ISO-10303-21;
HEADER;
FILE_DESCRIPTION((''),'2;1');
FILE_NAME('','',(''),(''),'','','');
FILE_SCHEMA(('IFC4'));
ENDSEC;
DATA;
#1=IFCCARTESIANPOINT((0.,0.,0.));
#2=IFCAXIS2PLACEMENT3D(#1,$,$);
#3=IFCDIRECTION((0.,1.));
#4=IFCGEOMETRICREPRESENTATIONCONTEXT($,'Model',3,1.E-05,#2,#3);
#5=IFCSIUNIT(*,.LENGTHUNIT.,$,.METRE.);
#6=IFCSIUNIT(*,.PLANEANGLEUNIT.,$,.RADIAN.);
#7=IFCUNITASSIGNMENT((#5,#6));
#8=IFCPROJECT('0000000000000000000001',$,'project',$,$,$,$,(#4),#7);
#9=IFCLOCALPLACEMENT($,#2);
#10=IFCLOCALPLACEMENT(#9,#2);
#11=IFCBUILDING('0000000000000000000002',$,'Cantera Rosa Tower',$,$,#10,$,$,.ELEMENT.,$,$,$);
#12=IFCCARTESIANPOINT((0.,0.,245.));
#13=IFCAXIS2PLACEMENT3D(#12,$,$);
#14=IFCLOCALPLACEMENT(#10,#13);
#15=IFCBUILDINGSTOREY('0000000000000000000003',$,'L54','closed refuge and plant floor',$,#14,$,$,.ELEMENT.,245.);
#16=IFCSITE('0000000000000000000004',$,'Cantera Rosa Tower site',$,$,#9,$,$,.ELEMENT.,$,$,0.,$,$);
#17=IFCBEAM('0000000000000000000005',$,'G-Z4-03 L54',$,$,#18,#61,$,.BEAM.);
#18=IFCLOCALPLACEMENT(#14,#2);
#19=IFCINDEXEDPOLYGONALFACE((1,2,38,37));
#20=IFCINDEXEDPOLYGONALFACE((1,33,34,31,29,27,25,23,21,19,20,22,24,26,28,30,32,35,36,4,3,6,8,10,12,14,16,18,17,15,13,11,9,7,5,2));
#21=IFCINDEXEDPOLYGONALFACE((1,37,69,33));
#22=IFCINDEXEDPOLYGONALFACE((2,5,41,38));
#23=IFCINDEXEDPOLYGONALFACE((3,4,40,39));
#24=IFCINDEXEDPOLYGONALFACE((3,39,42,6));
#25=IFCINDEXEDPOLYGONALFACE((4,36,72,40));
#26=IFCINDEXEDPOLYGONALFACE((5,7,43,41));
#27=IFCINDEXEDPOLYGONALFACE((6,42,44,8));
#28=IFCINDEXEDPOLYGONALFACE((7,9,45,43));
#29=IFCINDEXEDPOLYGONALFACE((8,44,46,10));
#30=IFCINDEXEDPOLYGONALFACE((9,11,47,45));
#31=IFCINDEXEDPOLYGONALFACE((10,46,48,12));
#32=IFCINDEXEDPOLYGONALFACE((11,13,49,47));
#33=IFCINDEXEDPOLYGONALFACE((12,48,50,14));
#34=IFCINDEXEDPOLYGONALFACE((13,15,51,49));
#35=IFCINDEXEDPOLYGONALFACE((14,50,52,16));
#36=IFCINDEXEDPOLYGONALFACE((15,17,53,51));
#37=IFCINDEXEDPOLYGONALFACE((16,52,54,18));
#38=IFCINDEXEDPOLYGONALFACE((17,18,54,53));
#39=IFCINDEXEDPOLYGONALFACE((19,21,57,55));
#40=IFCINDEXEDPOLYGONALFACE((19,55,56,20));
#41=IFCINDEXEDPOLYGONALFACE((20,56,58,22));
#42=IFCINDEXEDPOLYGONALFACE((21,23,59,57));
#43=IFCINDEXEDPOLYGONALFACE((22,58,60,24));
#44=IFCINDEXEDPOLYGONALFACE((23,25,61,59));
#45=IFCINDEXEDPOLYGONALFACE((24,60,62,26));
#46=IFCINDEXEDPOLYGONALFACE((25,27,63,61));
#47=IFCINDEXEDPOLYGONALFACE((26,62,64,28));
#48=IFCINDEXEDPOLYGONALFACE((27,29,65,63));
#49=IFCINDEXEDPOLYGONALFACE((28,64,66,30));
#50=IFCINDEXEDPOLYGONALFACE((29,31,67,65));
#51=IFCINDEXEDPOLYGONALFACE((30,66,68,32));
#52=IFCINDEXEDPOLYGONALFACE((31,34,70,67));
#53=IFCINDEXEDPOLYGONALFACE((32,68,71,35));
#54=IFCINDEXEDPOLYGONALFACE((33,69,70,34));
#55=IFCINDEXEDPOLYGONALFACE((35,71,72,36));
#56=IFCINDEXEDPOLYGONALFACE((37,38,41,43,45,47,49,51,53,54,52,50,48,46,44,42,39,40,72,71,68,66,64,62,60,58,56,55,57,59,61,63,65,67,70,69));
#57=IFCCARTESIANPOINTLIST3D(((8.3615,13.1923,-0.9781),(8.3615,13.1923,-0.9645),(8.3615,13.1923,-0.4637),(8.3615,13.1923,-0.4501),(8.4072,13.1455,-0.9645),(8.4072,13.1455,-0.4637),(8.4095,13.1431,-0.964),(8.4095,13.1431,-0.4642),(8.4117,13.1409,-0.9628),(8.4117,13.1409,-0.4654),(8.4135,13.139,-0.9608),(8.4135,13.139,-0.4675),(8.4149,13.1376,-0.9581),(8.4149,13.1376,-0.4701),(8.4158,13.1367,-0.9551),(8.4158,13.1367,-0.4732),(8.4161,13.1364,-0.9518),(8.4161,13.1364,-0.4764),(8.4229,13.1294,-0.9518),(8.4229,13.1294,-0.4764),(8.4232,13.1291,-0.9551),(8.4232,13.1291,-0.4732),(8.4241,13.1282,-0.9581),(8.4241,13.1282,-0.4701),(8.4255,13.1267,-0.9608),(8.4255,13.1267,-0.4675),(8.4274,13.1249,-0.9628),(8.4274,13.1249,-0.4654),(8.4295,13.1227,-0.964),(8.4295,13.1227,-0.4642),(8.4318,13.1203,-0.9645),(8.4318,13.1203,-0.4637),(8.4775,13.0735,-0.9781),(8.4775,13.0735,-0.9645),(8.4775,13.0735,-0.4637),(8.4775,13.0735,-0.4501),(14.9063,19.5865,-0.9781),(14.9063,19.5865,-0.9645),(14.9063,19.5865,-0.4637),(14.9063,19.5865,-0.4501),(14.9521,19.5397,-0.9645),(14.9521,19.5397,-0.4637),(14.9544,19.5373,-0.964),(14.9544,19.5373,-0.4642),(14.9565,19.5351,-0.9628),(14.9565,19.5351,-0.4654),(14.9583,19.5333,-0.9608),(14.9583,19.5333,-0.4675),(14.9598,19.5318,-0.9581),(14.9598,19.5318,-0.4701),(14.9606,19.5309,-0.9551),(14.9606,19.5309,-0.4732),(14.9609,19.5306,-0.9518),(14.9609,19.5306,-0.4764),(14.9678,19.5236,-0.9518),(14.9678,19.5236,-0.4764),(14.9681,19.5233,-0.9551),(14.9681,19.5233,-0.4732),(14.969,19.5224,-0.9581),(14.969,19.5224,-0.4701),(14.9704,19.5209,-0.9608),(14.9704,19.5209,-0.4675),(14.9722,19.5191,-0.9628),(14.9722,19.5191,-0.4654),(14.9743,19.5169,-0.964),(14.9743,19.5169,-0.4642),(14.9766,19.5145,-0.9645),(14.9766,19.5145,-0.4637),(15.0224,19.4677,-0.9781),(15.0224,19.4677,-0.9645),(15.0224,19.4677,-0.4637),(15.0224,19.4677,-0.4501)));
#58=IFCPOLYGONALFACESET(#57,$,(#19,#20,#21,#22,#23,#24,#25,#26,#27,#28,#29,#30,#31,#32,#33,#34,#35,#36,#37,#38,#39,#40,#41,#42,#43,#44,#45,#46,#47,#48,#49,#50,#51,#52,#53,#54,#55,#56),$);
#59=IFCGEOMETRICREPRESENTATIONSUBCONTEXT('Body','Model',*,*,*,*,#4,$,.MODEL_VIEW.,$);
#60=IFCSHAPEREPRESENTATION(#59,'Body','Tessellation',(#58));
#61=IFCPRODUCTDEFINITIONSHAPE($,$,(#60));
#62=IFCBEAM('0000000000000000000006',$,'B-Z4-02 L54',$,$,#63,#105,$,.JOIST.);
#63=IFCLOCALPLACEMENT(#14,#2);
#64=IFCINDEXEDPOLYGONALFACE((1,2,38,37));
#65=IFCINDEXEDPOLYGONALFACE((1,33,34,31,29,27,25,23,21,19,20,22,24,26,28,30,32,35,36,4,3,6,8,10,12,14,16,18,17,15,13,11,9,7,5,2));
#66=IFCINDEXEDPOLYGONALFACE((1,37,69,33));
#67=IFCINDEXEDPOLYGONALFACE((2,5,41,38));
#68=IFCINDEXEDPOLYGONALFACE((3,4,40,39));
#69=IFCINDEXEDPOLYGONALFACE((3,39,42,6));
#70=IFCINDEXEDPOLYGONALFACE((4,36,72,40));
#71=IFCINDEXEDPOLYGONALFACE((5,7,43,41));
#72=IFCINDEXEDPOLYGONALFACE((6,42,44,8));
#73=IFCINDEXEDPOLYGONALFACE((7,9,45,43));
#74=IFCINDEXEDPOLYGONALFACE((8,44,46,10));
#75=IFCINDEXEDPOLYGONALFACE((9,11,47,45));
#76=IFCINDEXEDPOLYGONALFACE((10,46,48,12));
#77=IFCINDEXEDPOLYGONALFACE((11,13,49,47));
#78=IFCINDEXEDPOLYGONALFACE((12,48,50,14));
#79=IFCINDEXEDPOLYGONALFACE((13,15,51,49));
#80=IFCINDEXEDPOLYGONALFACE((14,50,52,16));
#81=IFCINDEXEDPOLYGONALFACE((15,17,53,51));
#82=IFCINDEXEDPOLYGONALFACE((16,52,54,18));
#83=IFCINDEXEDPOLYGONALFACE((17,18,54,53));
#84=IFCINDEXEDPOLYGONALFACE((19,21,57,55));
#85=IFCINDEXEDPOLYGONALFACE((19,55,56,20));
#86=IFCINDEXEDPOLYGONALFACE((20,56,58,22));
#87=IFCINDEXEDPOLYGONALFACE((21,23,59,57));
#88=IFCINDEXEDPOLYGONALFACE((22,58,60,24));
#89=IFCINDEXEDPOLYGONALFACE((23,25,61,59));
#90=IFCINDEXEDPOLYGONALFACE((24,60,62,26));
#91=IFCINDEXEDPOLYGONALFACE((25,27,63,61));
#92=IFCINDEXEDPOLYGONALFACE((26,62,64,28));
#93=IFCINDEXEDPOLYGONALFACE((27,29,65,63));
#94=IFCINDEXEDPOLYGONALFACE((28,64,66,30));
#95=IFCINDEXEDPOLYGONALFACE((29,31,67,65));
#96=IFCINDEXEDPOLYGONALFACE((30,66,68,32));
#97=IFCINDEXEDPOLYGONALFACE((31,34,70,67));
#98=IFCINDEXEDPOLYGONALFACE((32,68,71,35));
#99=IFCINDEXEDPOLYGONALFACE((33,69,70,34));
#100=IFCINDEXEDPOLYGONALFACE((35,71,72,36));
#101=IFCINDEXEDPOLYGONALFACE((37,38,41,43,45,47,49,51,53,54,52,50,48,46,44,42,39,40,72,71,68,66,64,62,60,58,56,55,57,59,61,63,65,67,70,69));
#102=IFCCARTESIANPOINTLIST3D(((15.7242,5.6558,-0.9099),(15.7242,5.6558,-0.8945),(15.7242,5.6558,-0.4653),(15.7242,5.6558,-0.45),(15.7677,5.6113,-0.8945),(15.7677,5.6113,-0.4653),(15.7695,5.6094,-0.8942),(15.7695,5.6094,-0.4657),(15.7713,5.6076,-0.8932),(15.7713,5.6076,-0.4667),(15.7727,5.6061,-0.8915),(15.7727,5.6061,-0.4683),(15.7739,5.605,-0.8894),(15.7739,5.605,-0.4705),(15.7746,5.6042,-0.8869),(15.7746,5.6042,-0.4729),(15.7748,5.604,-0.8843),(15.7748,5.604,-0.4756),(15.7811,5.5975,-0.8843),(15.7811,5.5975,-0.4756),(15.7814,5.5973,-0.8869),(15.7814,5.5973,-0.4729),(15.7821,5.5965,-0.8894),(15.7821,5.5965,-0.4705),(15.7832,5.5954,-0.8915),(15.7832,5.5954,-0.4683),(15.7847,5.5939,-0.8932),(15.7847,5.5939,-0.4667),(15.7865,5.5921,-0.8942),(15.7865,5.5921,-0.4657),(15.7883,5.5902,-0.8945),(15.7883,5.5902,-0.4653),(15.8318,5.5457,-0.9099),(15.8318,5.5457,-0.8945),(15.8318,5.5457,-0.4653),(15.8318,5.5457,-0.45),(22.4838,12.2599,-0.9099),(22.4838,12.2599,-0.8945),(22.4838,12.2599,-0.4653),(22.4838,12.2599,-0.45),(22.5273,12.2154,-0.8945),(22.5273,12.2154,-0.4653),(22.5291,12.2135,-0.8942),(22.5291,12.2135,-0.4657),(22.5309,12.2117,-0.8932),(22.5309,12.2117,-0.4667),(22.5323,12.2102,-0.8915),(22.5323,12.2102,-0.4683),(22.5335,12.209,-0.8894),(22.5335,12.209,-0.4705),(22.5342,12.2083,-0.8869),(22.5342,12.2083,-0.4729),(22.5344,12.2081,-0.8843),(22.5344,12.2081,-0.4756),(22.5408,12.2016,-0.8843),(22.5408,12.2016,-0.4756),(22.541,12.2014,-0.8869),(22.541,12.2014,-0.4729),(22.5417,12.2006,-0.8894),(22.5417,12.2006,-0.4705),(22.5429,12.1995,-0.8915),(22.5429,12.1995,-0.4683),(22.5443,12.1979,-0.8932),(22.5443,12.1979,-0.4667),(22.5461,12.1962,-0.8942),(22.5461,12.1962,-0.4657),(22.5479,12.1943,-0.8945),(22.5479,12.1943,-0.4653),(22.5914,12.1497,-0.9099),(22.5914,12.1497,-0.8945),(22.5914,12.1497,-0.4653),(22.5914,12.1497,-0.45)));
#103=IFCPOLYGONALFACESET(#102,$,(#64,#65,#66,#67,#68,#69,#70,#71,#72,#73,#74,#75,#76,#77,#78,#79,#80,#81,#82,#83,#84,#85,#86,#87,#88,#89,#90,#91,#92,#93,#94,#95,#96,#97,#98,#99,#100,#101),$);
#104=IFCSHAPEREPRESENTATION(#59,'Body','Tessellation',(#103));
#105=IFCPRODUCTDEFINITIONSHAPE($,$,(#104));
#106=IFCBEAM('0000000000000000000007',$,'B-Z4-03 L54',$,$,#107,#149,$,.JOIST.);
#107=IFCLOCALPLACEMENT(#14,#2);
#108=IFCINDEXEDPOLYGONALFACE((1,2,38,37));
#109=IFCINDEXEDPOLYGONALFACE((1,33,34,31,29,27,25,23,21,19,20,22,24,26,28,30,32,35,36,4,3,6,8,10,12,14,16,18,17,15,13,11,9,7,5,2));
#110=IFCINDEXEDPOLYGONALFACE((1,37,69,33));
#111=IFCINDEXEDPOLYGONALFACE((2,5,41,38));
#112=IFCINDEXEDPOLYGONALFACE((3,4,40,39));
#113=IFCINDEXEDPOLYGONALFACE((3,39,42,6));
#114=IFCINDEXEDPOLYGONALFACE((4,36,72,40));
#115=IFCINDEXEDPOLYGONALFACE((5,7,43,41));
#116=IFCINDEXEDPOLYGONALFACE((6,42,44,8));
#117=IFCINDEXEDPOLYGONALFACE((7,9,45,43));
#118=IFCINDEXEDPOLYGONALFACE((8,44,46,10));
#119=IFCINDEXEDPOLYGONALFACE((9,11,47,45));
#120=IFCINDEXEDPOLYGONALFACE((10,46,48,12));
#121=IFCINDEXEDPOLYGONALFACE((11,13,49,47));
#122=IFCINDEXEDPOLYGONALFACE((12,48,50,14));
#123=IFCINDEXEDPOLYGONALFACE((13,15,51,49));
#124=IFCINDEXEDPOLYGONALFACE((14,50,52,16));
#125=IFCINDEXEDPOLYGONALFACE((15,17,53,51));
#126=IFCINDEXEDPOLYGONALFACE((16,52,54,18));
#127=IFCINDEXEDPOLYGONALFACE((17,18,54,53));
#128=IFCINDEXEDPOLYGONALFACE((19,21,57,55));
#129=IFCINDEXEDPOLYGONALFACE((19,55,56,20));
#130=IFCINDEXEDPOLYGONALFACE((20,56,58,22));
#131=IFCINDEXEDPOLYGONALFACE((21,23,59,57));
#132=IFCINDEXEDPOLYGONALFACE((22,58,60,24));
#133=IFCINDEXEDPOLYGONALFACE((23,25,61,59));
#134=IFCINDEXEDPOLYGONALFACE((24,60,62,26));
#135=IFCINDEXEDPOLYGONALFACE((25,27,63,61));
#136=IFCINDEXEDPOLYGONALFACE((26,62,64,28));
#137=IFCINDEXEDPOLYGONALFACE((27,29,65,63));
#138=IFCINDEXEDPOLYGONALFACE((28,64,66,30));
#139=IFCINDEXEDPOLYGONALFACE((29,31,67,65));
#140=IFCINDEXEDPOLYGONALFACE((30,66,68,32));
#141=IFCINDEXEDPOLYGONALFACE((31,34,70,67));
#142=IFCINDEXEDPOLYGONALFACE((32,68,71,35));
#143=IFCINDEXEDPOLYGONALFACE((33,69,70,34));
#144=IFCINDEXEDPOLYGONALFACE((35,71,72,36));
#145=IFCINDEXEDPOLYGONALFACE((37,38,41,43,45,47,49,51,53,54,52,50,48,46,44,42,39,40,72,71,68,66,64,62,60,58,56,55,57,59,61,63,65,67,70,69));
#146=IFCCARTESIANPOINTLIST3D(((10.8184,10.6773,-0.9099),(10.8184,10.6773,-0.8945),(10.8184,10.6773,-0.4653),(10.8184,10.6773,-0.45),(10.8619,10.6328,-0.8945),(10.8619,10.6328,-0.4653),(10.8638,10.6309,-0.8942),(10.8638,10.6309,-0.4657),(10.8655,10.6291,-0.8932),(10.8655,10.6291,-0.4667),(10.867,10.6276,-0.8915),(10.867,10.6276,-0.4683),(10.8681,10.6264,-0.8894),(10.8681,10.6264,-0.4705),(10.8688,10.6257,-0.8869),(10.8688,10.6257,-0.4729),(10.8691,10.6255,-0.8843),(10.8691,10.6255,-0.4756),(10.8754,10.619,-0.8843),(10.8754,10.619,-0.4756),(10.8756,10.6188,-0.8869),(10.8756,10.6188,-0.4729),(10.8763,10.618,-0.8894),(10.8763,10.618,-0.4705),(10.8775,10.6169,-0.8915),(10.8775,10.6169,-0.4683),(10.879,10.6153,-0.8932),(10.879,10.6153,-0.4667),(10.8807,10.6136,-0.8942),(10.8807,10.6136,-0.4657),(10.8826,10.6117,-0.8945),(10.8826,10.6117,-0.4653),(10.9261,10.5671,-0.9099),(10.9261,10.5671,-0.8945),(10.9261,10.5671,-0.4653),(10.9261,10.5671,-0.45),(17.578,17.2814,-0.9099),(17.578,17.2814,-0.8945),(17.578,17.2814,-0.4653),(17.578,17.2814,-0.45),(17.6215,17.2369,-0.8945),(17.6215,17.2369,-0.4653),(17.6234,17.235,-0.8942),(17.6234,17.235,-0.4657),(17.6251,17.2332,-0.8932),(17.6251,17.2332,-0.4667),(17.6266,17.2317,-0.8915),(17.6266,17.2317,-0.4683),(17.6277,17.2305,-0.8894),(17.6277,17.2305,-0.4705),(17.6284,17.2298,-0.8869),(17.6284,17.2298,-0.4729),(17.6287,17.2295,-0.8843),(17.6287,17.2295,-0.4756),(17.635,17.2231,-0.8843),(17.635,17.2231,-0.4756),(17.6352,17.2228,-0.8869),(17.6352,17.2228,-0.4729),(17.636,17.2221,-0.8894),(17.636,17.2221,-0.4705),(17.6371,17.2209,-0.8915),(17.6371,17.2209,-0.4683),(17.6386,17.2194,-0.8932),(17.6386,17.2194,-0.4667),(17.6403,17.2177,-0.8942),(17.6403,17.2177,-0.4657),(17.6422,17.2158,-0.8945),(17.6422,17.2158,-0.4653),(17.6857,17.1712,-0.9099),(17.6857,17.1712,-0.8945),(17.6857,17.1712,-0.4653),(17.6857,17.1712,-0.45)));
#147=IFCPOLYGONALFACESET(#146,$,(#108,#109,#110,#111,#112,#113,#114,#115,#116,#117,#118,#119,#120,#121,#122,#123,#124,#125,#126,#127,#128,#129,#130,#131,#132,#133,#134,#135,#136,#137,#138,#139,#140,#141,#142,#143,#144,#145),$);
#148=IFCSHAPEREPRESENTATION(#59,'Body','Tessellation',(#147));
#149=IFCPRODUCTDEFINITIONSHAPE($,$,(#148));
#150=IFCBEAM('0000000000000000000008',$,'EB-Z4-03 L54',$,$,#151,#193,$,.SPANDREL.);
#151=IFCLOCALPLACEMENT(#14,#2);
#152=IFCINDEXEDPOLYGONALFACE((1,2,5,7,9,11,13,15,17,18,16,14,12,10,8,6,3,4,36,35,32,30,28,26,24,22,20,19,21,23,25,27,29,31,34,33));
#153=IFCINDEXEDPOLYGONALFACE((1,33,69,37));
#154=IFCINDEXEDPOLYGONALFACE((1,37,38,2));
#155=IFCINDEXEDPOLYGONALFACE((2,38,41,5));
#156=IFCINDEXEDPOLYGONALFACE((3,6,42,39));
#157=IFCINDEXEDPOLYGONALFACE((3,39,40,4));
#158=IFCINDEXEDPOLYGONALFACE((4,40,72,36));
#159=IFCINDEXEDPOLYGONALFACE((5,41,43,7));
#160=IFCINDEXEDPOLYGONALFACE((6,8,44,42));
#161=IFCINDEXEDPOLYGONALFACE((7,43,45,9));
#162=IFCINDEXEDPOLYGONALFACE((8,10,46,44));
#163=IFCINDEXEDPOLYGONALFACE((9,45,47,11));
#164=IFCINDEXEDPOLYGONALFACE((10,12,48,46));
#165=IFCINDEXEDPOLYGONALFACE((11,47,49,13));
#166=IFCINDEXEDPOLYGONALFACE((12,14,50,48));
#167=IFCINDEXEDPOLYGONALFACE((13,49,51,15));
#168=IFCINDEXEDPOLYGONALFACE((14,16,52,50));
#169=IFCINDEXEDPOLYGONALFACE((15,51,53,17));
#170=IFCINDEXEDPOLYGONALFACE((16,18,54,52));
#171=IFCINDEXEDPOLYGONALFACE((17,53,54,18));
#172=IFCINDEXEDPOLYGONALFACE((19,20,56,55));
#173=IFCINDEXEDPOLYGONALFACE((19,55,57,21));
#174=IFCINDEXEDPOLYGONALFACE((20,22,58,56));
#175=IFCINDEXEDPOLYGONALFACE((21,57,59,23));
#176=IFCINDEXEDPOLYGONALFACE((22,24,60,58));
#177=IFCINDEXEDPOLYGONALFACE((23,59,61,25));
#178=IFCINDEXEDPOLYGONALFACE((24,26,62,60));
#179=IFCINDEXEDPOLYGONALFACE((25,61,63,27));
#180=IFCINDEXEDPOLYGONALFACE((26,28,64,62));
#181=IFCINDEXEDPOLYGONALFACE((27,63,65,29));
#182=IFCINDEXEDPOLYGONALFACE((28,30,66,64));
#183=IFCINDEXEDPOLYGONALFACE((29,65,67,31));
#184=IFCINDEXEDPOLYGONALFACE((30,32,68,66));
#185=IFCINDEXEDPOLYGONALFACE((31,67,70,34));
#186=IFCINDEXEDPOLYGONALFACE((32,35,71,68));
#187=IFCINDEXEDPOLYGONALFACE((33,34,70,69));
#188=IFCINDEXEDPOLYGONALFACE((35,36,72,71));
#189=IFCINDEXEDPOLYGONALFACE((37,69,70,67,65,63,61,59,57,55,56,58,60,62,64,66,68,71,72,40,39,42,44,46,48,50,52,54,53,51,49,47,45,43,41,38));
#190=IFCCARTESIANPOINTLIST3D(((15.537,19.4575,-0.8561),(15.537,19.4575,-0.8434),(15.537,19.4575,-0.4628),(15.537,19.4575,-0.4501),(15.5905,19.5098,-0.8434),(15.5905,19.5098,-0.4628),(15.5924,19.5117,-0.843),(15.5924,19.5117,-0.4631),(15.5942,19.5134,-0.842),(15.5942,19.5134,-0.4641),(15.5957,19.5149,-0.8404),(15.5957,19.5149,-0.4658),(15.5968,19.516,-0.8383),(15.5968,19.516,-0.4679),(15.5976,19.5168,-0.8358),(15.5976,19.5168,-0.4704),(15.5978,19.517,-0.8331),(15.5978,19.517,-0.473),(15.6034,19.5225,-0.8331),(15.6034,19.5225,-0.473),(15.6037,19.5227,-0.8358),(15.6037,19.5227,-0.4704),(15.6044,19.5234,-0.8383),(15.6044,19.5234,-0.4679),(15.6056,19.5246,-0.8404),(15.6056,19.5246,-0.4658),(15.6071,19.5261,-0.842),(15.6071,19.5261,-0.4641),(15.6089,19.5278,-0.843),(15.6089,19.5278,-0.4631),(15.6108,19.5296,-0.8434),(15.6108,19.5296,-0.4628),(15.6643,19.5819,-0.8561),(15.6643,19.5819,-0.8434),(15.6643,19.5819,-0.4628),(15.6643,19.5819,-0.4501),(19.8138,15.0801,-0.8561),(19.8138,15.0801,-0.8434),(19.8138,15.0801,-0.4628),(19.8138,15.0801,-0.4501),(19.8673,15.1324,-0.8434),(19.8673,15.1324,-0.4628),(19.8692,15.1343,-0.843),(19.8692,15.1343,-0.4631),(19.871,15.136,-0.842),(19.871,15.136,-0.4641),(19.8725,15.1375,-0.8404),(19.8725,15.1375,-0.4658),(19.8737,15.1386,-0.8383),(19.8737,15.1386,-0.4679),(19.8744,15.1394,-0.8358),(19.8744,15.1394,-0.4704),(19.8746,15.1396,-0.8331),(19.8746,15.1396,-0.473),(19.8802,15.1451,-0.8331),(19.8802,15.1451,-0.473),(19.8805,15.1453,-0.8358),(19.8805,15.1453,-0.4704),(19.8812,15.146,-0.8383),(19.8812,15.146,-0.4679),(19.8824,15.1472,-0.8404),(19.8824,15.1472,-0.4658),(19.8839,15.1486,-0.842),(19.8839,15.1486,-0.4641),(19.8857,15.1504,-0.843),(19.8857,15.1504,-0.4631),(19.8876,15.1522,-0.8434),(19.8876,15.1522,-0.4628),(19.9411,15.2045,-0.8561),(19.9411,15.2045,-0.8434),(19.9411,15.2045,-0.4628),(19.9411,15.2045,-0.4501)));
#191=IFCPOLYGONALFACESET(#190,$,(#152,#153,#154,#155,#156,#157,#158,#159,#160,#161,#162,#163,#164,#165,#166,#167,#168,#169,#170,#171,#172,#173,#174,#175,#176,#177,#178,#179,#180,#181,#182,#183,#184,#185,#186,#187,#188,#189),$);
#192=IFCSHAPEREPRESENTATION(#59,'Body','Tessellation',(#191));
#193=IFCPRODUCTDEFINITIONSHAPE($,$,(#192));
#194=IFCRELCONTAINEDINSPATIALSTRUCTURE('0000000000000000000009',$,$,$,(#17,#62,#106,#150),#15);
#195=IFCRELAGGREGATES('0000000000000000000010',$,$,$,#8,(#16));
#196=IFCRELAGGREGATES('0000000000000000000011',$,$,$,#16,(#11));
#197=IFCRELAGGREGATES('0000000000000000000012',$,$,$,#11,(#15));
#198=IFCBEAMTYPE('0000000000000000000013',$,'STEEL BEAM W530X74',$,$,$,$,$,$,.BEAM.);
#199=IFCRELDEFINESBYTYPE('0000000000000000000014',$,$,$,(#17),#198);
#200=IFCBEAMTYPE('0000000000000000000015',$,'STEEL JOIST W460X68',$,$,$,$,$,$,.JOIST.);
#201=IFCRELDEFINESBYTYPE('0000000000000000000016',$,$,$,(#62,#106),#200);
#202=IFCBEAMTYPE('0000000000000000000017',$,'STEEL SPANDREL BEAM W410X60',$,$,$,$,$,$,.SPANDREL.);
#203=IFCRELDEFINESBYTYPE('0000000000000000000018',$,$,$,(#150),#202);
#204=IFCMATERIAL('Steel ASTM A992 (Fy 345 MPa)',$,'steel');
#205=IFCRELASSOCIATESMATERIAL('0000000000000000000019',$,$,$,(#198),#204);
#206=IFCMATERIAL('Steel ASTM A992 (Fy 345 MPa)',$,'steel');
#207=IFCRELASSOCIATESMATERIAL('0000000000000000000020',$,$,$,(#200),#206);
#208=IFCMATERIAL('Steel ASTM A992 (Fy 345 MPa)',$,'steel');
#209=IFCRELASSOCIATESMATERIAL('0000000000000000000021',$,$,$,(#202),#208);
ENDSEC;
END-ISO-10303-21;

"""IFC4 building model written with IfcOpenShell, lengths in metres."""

from ifc_helpers import new_model, si_unit, direction, frame, origin, origin_2d, place, context, subcontext, project, spatial, i_section, extrude, material, material_profile, profile_set, type_object, element, save


model = new_model("IFC4")

# Units and contexts
model_context = context("Model", 3, precision=1e-05, world=origin(), true_north=direction((0.0, 1.0)))
body_context = subcontext(model_context, "Body", "Model", "MODEL_VIEW")
ifc_project = project(units=[si_unit("LENGTHUNIT", "METRE"), si_unit("PLANEANGLEUNIT", "RADIAN")], contexts=[model_context])

# Site, building, storey
site_placement = place(None, origin())
site = spatial("IfcSite", under=ifc_project, at=site_placement, Name="Cantera Rosa Tower site", CompositionType="ELEMENT", RefElevation=0.0)
building_placement = place(site_placement, origin())
building = spatial("IfcBuilding", under=site, at=building_placement, Name="Cantera Rosa Tower", CompositionType="ELEMENT")
storey_placement = place(building_placement, frame((0.0, 0.0, 245.0)))
storey = spatial("IfcBuildingStorey", under=building, at=storey_placement, Name="L54", Description="closed refuge and plant floor", CompositionType="ELEMENT", Elevation=245.0)

# Beams
ifc_material_1 = material(Name="Steel ASTM A992 (Fy 345 MPa)", Category="steel")
ifc_material_profile_1 = material_profile(ifc_material_1, i_section(OverallWidth=0.166, OverallDepth=0.5281, WebThickness=0.0098, FlangeThickness=0.0137, FilletRadius=0.0127, at=origin_2d()), Name="W530X74")
ifc_profile_set_1 = profile_set([ifc_material_profile_1], Name="Steel ASTM A992 (Fy 345 MPa)")
beam_type_1 = type_object("IfcBeamType", Name="STEEL BEAM W530X74", PredefinedType="BEAM", material=ifc_profile_set_1)
for number, where, z_axis, x_axis, name in (
    (1, (14.9644, 19.5271, -0.7141), (-0.71529, -0.698827, 0.0), (0.698827, -0.71529, 0.0), "G-Z4-03 L54"),
):
    element("IfcBeam", number, at=place(storey_placement, frame(where, z_axis=z_axis, x_axis=x_axis)), inside=storey, type_object=beam_type_1, Name=name, PredefinedType="BEAM", context=body_context, shape_type="SweptSolid", body=[
        extrude(i_section(OverallWidth=0.166, OverallDepth=0.5281, WebThickness=0.0098, FlangeThickness=0.0137, FilletRadius=0.0127, at=origin_2d()), origin(), (0.0, 0.0, 1.0), 9.1499),
    ])
ifc_material_2 = material(Name="Steel ASTM A992 (Fy 345 MPa)", Category="steel")
ifc_material_profile_2 = material_profile(ifc_material_2, i_section(OverallWidth=0.1541, OverallDepth=0.46, WebThickness=0.009, FlangeThickness=0.0154, FilletRadius=0.0103, at=origin_2d()), Name="W460X68")
ifc_profile_set_2 = profile_set([ifc_material_profile_2], Name="Steel ASTM A992 (Fy 345 MPa)")
beam_type_2 = type_object("IfcBeamType", Name="STEEL JOIST W460X68", PredefinedType="JOIST", material=ifc_profile_set_2)
for number, where, z_axis, x_axis, name in (
    (2, (22.5376, 12.2048, -0.6799), (-0.715287, -0.698831, 0.0), (0.698831, -0.715287, 0.0), "B-Z4-02 L54"),
    (3, (17.6318, 17.2263, -0.6799), (-0.715287, -0.698831, 0.0), (0.698831, -0.715287, 0.0), "B-Z4-03 L54"),
):
    element("IfcBeam", number, at=place(storey_placement, frame(where, z_axis=z_axis, x_axis=x_axis)), inside=storey, type_object=beam_type_2, Name=name, PredefinedType="JOIST", context=body_context, shape_type="SweptSolid", body=[
        extrude(i_section(OverallWidth=0.1541, OverallDepth=0.46, WebThickness=0.009, FlangeThickness=0.0154, FilletRadius=0.0103, at=origin_2d()), origin(), (0.0, 0.0, 1.0), 9.4502),
    ])
ifc_material_3 = material(Name="Steel ASTM A992 (Fy 345 MPa)", Category="steel")
ifc_material_profile_3 = material_profile(ifc_material_3, i_section(OverallWidth=0.178, OverallDepth=0.406, WebThickness=0.0078, FlangeThickness=0.0127, FilletRadius=0.0103, at=origin_2d()), Name="W410X60")
ifc_profile_set_3 = profile_set([ifc_material_profile_3], Name="Steel ASTM A992 (Fy 345 MPa)")
beam_type_3 = type_object("IfcBeamType", Name="STEEL SPANDREL BEAM W410X60", PredefinedType="SPANDREL", material=ifc_profile_set_3)
for number, where, z_axis, x_axis, name in (
    (4, (19.8774, 15.1423, -0.6531), (-0.698841, 0.715277, 0.0), (-0.715277, -0.698841, 0.0), "EB-Z4-03 L54"),
):
    element("IfcBeam", number, at=place(storey_placement, frame(where, z_axis=z_axis, x_axis=x_axis)), inside=storey, type_object=beam_type_3, Name=name, PredefinedType="SPANDREL", context=body_context, shape_type="SweptSolid", body=[
        extrude(i_section(OverallWidth=0.178, OverallDepth=0.406, WebThickness=0.0078, FlangeThickness=0.0127, FilletRadius=0.0103, at=origin_2d()), origin(), (0.0, 0.0, 1.0), 6.1199),
    ])

save(model, "model.ifc")
